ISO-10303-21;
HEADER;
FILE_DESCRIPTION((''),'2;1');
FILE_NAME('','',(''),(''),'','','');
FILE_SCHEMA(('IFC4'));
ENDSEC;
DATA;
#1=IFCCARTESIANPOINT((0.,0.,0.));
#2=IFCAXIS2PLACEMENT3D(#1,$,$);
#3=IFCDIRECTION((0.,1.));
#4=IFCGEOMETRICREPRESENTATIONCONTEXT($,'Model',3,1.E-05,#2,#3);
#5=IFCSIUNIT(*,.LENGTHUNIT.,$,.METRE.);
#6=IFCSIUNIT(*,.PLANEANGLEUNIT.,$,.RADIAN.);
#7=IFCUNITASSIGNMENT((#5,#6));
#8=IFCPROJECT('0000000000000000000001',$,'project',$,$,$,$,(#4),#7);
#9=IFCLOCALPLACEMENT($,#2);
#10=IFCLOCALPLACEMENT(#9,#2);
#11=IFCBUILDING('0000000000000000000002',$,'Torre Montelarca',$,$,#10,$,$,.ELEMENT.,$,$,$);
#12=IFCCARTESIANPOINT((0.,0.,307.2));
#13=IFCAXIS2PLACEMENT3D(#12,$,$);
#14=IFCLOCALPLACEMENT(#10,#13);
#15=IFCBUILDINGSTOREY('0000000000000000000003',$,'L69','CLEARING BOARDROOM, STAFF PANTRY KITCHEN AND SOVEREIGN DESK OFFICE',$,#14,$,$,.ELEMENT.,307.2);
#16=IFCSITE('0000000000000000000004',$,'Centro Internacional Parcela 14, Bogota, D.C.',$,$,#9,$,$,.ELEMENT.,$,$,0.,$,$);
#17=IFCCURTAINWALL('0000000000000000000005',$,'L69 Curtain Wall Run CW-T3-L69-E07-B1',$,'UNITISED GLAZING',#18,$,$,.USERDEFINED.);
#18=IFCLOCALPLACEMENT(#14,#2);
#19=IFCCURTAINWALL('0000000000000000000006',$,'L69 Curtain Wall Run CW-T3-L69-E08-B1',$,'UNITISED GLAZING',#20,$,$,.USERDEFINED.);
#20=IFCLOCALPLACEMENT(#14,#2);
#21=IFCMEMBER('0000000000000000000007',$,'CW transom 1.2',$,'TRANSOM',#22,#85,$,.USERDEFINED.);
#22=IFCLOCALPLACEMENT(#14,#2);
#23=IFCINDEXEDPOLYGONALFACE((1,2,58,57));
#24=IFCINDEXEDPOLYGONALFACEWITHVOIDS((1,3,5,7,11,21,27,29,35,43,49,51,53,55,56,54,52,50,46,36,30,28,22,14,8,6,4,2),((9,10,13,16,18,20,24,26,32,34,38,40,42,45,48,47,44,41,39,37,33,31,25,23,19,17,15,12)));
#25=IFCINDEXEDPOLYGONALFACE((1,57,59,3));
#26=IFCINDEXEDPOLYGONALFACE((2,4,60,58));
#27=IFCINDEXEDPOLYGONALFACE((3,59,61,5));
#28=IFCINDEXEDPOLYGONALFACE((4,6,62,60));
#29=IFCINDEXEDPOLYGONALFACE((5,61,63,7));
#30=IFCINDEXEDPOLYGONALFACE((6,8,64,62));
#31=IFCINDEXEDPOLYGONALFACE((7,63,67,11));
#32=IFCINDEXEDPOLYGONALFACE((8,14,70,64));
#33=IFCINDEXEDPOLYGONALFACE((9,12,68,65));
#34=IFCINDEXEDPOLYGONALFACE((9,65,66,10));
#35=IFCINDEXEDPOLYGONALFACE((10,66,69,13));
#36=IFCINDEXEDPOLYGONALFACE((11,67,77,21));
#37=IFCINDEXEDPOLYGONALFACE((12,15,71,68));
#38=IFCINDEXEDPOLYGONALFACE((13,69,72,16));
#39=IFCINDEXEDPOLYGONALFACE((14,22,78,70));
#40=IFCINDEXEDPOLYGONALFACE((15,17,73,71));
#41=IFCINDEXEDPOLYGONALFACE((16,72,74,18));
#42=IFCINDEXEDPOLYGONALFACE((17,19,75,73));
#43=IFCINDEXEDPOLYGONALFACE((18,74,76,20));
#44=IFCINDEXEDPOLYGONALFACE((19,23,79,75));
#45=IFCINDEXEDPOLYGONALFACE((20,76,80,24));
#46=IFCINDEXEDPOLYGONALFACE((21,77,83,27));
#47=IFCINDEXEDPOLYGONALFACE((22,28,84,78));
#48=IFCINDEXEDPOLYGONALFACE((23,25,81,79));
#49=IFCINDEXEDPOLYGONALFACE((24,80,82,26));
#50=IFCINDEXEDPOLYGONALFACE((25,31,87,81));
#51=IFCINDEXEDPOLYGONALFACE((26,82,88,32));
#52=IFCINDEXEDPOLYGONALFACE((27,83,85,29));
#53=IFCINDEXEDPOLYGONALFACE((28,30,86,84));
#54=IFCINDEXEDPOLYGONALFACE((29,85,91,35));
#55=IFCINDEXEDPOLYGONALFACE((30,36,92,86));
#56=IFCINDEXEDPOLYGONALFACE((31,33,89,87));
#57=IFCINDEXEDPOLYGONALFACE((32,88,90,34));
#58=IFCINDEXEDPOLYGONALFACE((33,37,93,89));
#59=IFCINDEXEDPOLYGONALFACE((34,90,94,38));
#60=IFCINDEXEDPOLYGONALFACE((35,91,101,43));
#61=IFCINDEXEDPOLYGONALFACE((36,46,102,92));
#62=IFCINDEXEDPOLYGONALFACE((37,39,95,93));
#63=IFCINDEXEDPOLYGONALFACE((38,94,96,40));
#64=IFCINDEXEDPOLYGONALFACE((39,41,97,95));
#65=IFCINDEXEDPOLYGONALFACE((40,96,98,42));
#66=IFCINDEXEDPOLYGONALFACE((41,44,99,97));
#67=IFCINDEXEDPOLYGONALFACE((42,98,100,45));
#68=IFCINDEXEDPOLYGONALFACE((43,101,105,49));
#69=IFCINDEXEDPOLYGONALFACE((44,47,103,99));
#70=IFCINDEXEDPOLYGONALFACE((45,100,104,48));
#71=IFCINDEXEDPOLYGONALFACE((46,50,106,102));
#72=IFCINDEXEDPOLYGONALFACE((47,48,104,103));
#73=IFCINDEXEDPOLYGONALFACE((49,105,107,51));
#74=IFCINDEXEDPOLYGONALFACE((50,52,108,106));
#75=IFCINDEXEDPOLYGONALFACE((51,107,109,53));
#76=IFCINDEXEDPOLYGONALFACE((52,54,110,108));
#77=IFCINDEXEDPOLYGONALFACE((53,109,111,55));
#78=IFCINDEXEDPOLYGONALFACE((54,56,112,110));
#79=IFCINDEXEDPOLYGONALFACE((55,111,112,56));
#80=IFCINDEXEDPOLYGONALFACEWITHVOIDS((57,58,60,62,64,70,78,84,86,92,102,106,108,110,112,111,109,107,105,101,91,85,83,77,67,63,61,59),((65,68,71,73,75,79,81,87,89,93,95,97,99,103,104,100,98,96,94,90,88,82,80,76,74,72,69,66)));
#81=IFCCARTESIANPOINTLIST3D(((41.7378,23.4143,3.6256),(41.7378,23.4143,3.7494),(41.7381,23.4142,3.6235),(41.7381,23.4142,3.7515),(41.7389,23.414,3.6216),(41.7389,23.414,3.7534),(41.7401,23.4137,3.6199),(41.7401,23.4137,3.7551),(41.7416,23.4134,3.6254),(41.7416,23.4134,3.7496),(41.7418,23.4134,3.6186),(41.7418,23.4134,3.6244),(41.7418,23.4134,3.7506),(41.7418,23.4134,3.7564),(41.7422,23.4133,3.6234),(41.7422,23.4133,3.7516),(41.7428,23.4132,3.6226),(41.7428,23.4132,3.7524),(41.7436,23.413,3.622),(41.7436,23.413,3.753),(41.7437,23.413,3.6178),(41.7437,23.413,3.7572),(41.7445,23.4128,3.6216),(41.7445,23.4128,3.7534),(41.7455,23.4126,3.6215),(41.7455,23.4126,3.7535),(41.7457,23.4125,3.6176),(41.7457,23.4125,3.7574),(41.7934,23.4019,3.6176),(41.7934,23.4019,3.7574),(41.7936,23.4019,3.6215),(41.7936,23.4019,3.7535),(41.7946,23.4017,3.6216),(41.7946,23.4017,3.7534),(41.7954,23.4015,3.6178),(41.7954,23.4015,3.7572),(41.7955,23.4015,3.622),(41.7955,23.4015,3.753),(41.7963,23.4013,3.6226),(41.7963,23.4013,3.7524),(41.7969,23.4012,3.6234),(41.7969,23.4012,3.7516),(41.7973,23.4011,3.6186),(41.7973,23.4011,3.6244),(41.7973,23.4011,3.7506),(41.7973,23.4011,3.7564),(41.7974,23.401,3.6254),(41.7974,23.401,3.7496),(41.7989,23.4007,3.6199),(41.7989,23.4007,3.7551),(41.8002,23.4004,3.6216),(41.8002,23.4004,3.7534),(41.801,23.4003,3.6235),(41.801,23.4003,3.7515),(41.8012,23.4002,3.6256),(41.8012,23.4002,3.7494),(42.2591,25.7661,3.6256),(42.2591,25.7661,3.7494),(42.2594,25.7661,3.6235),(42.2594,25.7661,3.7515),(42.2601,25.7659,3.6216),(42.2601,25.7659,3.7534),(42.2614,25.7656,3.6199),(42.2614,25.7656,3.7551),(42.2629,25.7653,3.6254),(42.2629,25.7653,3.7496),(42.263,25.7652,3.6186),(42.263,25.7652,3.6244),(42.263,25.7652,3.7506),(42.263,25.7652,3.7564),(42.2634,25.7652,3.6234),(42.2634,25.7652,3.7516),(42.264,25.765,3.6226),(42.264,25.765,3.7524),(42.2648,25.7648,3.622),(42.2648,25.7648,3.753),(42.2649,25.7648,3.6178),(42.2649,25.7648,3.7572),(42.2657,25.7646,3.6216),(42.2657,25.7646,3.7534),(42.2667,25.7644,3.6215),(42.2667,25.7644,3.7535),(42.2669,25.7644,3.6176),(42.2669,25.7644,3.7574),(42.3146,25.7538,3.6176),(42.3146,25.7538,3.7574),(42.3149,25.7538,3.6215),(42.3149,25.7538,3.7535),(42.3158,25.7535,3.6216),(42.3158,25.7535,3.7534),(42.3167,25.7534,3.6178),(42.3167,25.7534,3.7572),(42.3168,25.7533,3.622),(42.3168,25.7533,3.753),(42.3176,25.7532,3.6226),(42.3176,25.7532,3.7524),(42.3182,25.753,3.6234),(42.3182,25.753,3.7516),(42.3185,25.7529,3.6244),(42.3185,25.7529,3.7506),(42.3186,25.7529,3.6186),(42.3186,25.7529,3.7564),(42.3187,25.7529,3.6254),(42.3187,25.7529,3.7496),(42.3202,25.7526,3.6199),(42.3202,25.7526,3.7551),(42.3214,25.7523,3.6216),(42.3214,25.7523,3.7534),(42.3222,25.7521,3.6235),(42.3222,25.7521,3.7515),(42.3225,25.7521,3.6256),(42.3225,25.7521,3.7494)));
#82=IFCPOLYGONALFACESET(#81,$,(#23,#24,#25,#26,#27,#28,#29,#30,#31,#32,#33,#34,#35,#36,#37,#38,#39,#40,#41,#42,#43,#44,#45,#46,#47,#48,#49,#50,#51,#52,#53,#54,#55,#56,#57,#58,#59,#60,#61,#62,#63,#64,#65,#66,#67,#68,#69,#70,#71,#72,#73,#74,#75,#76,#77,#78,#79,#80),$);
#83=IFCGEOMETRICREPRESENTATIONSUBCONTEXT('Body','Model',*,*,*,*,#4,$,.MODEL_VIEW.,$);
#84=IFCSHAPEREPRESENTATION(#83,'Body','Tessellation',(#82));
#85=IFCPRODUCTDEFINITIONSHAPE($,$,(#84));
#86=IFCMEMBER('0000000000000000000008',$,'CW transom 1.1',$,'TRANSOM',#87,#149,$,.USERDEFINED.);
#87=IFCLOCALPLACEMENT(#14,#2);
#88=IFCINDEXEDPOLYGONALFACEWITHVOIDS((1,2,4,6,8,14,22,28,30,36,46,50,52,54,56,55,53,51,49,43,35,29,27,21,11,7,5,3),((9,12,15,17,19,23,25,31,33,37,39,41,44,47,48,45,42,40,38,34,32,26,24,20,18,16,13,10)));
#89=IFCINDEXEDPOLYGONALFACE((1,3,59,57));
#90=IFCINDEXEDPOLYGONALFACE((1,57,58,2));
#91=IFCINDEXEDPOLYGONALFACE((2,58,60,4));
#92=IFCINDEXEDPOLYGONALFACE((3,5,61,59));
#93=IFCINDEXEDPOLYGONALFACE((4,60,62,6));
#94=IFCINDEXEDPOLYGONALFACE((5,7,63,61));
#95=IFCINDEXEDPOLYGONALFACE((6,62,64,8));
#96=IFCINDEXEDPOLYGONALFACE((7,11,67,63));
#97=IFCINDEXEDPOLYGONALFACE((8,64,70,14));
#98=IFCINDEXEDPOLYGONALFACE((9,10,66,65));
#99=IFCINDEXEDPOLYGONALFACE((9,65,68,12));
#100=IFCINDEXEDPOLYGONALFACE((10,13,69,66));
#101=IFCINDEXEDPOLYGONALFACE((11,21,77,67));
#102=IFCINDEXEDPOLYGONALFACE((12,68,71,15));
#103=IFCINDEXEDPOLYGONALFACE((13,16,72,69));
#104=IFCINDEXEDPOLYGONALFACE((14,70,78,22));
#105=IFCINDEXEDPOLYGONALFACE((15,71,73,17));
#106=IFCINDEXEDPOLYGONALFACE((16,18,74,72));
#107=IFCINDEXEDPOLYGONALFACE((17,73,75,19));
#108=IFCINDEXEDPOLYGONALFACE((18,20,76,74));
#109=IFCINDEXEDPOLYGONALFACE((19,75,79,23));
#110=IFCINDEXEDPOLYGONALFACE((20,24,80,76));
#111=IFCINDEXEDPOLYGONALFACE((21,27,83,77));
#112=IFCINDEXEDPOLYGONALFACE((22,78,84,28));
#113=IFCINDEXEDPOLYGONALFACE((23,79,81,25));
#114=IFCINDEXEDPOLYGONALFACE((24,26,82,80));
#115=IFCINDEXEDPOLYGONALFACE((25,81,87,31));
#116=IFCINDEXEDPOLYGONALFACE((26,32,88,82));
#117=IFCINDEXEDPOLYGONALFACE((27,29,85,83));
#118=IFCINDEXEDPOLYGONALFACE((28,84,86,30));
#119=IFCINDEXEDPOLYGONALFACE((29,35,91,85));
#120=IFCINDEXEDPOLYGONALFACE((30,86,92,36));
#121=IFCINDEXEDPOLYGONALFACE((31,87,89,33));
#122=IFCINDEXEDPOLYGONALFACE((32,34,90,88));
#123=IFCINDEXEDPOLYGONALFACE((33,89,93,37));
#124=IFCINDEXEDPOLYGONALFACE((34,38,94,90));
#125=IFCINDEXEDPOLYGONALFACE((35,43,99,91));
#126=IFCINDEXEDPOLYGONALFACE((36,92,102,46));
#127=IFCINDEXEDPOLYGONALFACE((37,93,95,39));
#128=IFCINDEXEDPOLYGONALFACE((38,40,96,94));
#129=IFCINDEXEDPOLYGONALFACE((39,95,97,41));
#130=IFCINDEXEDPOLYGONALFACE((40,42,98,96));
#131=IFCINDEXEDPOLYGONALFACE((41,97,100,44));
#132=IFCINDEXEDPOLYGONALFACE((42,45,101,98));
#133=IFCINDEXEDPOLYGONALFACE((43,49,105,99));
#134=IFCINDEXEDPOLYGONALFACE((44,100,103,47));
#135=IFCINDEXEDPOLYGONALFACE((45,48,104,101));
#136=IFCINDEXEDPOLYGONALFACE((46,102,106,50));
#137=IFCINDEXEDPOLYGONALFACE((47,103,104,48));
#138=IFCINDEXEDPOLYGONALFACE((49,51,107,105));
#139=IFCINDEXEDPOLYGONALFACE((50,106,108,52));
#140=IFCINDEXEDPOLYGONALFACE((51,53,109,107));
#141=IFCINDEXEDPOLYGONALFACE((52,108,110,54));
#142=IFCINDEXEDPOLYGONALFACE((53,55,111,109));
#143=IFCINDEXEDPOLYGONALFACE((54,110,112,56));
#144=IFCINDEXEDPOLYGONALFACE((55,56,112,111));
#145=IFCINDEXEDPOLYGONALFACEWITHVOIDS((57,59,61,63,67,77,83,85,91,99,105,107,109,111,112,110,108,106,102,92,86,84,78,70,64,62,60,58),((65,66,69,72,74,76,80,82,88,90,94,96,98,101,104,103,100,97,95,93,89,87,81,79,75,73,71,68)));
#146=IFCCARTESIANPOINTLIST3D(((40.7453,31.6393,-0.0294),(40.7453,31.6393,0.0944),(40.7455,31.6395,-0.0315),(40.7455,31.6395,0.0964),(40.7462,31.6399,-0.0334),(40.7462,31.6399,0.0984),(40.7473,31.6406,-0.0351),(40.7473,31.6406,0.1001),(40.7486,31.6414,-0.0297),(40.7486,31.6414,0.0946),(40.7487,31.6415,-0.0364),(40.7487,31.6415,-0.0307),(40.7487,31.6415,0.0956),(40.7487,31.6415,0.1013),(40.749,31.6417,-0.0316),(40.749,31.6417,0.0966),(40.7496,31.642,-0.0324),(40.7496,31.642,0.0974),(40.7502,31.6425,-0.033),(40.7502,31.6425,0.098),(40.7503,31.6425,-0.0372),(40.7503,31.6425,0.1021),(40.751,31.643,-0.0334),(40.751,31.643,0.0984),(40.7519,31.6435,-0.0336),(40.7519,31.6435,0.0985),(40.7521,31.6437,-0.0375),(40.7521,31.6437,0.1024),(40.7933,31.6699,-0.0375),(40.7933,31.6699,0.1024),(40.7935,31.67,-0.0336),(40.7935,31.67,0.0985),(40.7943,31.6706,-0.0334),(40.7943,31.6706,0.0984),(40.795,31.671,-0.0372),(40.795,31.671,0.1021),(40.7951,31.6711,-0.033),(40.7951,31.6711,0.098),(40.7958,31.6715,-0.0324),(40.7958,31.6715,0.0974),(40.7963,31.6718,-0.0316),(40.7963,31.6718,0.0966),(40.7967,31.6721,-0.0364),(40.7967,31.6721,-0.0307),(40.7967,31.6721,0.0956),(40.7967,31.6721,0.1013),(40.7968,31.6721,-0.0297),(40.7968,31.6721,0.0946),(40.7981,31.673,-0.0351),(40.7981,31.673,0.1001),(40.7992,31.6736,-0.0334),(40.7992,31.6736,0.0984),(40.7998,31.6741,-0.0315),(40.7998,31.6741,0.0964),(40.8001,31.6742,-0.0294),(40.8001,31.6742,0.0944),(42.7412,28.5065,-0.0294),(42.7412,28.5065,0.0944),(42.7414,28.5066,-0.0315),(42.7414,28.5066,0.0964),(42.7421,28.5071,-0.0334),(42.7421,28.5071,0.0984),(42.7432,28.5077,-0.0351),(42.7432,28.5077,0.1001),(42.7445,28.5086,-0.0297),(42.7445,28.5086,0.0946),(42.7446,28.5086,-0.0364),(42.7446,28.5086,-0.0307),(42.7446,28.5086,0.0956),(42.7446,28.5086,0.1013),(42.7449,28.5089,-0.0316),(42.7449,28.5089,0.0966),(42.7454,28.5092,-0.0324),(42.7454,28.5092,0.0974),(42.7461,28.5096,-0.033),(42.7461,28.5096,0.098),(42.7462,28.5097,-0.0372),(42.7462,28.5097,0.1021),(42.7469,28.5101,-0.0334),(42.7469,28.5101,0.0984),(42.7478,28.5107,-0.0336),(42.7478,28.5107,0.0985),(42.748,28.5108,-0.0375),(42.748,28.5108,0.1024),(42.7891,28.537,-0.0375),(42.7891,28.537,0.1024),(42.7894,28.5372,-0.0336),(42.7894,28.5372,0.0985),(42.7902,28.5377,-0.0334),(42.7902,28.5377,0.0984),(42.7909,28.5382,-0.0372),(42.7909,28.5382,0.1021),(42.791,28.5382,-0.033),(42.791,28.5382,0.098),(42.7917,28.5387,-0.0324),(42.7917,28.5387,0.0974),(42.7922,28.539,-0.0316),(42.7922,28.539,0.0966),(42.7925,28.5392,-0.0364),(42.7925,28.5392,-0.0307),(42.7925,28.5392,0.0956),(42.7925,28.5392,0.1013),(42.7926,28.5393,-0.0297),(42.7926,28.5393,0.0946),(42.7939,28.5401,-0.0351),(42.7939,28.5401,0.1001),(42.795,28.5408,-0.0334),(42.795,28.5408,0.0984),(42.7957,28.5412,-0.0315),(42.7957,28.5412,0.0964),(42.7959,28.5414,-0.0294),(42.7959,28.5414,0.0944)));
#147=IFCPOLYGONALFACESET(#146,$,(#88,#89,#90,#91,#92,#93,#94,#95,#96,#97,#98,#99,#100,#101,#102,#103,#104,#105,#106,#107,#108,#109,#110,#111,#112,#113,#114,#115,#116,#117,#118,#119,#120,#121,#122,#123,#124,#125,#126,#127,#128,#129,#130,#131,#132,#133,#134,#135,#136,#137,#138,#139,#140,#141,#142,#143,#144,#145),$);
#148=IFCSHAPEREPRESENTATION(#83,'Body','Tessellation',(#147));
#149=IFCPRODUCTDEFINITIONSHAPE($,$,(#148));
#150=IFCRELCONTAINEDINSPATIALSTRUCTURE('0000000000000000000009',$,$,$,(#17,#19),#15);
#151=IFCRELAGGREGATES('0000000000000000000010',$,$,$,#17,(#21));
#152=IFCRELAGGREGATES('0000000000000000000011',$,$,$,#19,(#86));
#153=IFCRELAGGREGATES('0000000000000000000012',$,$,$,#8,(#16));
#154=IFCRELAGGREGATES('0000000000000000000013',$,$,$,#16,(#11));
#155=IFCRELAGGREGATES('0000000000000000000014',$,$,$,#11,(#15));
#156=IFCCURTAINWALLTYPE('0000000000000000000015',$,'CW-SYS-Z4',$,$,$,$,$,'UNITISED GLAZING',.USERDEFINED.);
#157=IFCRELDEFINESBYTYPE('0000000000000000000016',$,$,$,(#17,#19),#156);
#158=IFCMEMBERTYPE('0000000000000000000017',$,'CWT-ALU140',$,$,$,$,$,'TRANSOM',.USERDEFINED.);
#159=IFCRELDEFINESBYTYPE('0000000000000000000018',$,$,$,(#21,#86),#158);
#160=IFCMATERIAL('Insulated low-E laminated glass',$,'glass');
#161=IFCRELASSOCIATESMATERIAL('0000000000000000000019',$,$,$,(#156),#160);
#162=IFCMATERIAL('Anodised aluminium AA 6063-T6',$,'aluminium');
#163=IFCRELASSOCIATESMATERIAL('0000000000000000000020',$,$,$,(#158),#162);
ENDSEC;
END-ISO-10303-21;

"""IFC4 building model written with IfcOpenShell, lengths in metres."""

from ifc_helpers import new_model, si_unit, direction, frame, origin, origin_2d, place, context, subcontext, project, spatial, hollow_rectangle, extrude, source, transform, mapped, material, material_profile, profile_set, type_object, element, aggregate, save


model = new_model("IFC4")

# Units and contexts
model_context = context("Model", 3, precision=1e-05, world=origin(), true_north=direction((0.0, 1.0)))
body_context = subcontext(model_context, "Body", "Model", "MODEL_VIEW")
ifc_project = project(units=[si_unit("LENGTHUNIT", "METRE"), si_unit("PLANEANGLEUNIT", "RADIAN")], contexts=[model_context])

# Site, building, storey
site_placement = place(None, origin())
site = spatial("IfcSite", under=ifc_project, at=site_placement, Name="Centro Internacional Parcela 14, Bogota, D.C.", CompositionType="ELEMENT", RefElevation=0.0)
building_placement = place(site_placement, origin())
building = spatial("IfcBuilding", under=site, at=building_placement, Name="Torre Montelarca", CompositionType="ELEMENT")
storey_placement = place(building_placement, frame((0.0, 0.0, 307.2)))
storey = spatial("IfcBuildingStorey", under=building, at=storey_placement, Name="L69", Description="CLEARING BOARDROOM, STAFF PANTRY KITCHEN AND SOVEREIGN DESK OFFICE", CompositionType="ELEMENT", Elevation=307.2)

# Curtain walls
ifc_material_1 = material(Name="Insulated low-E laminated glass", Category="glass")
curtain_wall_type = type_object("IfcCurtainWallType", Name="CW-SYS-Z4", ElementType="UNITISED GLAZING", PredefinedType="USERDEFINED", material=ifc_material_1)
ifc_material_2 = material(Name="Anodised aluminium AA 6063-T6", Category="aluminium")
curtain_wall_1_placement = place(storey_placement, origin())
curtain_wall_1 = element("IfcCurtainWall", 1, at=curtain_wall_1_placement, inside=storey, type_object=curtain_wall_type, Name="L69 Curtain Wall Run CW-T3-L69-E07-B1", ObjectType="UNITISED GLAZING", PredefinedType="USERDEFINED")
curtain_wall_2_placement = place(storey_placement, origin())
curtain_wall_2 = element("IfcCurtainWall", 2, at=curtain_wall_2_placement, inside=storey, type_object=curtain_wall_type, Name="L69 Curtain Wall Run CW-T3-L69-E08-B1", ObjectType="UNITISED GLAZING", PredefinedType="USERDEFINED")

# Members
ifc_material_profile_1 = material_profile(ifc_material_2, hollow_rectangle(XDim=0.0649, YDim=0.1399, WallThickness=0.0039, InnerFilletRadius=0.0039, OuterFilletRadius=0.0081, at=origin_2d()), Name="ALU65X140X4", Category="aluminium")
ifc_profile_set_1 = profile_set([ifc_material_profile_1], Name="Anodised aluminium AA 6063-T6")
member_type_1 = type_object("IfcMemberType", Name="CWT-ALU140", ElementType="TRANSOM", PredefinedType="USERDEFINED", material=ifc_profile_set_1)
shared_shape_1 = source(origin(), body_context, "Body", "SweptSolid", [
    extrude(hollow_rectangle(XDim=0.0649, YDim=0.1399, WallThickness=0.0039, InnerFilletRadius=0.0039, OuterFilletRadius=0.0081, at=origin_2d()), origin(), (0.0, 0.0, 1.0), 2.4089),
])
member_1_placement = place(storey_placement, frame((41.7695, 23.4072, 3.6875), z_axis=(0.216383, 0.976309, 0.0), x_axis=(-0.976309, 0.216383, 0.0)))
member_1 = element("IfcMember", 3, at=member_1_placement, type_object=member_type_1, Name="CW transom 1.2", ObjectType="TRANSOM", PredefinedType="USERDEFINED", context=body_context, shape_type="MappedRepresentation", body=[
    mapped(shared_shape_1, transform((0.0, 0.0, 0.0), scale=1.0)),
])
shared_shape_2 = source(origin(), body_context, "Body", "SweptSolid", [
    extrude(hollow_rectangle(XDim=0.0649, YDim=0.1399, WallThickness=0.0039, InnerFilletRadius=0.0039, OuterFilletRadius=0.0081, at=origin_2d()), origin(), (0.0, 0.0, 1.0), 3.7146),
])
member_2_placement = place(storey_placement, frame((42.7686, 28.5239, 0.0325), z_axis=(-0.537305, 0.843388, 0.0), x_axis=(-0.843388, -0.537305, 0.0)))
member_2 = element("IfcMember", 4, at=member_2_placement, type_object=member_type_1, Name="CW transom 1.1", ObjectType="TRANSOM", PredefinedType="USERDEFINED", context=body_context, shape_type="MappedRepresentation", body=[
    mapped(shared_shape_2, transform((0.0, 0.0, 0.0), scale=1.0)),
])

aggregate(curtain_wall_1, [member_1])
aggregate(curtain_wall_2, [member_2])

save(model, "model.ifc")
